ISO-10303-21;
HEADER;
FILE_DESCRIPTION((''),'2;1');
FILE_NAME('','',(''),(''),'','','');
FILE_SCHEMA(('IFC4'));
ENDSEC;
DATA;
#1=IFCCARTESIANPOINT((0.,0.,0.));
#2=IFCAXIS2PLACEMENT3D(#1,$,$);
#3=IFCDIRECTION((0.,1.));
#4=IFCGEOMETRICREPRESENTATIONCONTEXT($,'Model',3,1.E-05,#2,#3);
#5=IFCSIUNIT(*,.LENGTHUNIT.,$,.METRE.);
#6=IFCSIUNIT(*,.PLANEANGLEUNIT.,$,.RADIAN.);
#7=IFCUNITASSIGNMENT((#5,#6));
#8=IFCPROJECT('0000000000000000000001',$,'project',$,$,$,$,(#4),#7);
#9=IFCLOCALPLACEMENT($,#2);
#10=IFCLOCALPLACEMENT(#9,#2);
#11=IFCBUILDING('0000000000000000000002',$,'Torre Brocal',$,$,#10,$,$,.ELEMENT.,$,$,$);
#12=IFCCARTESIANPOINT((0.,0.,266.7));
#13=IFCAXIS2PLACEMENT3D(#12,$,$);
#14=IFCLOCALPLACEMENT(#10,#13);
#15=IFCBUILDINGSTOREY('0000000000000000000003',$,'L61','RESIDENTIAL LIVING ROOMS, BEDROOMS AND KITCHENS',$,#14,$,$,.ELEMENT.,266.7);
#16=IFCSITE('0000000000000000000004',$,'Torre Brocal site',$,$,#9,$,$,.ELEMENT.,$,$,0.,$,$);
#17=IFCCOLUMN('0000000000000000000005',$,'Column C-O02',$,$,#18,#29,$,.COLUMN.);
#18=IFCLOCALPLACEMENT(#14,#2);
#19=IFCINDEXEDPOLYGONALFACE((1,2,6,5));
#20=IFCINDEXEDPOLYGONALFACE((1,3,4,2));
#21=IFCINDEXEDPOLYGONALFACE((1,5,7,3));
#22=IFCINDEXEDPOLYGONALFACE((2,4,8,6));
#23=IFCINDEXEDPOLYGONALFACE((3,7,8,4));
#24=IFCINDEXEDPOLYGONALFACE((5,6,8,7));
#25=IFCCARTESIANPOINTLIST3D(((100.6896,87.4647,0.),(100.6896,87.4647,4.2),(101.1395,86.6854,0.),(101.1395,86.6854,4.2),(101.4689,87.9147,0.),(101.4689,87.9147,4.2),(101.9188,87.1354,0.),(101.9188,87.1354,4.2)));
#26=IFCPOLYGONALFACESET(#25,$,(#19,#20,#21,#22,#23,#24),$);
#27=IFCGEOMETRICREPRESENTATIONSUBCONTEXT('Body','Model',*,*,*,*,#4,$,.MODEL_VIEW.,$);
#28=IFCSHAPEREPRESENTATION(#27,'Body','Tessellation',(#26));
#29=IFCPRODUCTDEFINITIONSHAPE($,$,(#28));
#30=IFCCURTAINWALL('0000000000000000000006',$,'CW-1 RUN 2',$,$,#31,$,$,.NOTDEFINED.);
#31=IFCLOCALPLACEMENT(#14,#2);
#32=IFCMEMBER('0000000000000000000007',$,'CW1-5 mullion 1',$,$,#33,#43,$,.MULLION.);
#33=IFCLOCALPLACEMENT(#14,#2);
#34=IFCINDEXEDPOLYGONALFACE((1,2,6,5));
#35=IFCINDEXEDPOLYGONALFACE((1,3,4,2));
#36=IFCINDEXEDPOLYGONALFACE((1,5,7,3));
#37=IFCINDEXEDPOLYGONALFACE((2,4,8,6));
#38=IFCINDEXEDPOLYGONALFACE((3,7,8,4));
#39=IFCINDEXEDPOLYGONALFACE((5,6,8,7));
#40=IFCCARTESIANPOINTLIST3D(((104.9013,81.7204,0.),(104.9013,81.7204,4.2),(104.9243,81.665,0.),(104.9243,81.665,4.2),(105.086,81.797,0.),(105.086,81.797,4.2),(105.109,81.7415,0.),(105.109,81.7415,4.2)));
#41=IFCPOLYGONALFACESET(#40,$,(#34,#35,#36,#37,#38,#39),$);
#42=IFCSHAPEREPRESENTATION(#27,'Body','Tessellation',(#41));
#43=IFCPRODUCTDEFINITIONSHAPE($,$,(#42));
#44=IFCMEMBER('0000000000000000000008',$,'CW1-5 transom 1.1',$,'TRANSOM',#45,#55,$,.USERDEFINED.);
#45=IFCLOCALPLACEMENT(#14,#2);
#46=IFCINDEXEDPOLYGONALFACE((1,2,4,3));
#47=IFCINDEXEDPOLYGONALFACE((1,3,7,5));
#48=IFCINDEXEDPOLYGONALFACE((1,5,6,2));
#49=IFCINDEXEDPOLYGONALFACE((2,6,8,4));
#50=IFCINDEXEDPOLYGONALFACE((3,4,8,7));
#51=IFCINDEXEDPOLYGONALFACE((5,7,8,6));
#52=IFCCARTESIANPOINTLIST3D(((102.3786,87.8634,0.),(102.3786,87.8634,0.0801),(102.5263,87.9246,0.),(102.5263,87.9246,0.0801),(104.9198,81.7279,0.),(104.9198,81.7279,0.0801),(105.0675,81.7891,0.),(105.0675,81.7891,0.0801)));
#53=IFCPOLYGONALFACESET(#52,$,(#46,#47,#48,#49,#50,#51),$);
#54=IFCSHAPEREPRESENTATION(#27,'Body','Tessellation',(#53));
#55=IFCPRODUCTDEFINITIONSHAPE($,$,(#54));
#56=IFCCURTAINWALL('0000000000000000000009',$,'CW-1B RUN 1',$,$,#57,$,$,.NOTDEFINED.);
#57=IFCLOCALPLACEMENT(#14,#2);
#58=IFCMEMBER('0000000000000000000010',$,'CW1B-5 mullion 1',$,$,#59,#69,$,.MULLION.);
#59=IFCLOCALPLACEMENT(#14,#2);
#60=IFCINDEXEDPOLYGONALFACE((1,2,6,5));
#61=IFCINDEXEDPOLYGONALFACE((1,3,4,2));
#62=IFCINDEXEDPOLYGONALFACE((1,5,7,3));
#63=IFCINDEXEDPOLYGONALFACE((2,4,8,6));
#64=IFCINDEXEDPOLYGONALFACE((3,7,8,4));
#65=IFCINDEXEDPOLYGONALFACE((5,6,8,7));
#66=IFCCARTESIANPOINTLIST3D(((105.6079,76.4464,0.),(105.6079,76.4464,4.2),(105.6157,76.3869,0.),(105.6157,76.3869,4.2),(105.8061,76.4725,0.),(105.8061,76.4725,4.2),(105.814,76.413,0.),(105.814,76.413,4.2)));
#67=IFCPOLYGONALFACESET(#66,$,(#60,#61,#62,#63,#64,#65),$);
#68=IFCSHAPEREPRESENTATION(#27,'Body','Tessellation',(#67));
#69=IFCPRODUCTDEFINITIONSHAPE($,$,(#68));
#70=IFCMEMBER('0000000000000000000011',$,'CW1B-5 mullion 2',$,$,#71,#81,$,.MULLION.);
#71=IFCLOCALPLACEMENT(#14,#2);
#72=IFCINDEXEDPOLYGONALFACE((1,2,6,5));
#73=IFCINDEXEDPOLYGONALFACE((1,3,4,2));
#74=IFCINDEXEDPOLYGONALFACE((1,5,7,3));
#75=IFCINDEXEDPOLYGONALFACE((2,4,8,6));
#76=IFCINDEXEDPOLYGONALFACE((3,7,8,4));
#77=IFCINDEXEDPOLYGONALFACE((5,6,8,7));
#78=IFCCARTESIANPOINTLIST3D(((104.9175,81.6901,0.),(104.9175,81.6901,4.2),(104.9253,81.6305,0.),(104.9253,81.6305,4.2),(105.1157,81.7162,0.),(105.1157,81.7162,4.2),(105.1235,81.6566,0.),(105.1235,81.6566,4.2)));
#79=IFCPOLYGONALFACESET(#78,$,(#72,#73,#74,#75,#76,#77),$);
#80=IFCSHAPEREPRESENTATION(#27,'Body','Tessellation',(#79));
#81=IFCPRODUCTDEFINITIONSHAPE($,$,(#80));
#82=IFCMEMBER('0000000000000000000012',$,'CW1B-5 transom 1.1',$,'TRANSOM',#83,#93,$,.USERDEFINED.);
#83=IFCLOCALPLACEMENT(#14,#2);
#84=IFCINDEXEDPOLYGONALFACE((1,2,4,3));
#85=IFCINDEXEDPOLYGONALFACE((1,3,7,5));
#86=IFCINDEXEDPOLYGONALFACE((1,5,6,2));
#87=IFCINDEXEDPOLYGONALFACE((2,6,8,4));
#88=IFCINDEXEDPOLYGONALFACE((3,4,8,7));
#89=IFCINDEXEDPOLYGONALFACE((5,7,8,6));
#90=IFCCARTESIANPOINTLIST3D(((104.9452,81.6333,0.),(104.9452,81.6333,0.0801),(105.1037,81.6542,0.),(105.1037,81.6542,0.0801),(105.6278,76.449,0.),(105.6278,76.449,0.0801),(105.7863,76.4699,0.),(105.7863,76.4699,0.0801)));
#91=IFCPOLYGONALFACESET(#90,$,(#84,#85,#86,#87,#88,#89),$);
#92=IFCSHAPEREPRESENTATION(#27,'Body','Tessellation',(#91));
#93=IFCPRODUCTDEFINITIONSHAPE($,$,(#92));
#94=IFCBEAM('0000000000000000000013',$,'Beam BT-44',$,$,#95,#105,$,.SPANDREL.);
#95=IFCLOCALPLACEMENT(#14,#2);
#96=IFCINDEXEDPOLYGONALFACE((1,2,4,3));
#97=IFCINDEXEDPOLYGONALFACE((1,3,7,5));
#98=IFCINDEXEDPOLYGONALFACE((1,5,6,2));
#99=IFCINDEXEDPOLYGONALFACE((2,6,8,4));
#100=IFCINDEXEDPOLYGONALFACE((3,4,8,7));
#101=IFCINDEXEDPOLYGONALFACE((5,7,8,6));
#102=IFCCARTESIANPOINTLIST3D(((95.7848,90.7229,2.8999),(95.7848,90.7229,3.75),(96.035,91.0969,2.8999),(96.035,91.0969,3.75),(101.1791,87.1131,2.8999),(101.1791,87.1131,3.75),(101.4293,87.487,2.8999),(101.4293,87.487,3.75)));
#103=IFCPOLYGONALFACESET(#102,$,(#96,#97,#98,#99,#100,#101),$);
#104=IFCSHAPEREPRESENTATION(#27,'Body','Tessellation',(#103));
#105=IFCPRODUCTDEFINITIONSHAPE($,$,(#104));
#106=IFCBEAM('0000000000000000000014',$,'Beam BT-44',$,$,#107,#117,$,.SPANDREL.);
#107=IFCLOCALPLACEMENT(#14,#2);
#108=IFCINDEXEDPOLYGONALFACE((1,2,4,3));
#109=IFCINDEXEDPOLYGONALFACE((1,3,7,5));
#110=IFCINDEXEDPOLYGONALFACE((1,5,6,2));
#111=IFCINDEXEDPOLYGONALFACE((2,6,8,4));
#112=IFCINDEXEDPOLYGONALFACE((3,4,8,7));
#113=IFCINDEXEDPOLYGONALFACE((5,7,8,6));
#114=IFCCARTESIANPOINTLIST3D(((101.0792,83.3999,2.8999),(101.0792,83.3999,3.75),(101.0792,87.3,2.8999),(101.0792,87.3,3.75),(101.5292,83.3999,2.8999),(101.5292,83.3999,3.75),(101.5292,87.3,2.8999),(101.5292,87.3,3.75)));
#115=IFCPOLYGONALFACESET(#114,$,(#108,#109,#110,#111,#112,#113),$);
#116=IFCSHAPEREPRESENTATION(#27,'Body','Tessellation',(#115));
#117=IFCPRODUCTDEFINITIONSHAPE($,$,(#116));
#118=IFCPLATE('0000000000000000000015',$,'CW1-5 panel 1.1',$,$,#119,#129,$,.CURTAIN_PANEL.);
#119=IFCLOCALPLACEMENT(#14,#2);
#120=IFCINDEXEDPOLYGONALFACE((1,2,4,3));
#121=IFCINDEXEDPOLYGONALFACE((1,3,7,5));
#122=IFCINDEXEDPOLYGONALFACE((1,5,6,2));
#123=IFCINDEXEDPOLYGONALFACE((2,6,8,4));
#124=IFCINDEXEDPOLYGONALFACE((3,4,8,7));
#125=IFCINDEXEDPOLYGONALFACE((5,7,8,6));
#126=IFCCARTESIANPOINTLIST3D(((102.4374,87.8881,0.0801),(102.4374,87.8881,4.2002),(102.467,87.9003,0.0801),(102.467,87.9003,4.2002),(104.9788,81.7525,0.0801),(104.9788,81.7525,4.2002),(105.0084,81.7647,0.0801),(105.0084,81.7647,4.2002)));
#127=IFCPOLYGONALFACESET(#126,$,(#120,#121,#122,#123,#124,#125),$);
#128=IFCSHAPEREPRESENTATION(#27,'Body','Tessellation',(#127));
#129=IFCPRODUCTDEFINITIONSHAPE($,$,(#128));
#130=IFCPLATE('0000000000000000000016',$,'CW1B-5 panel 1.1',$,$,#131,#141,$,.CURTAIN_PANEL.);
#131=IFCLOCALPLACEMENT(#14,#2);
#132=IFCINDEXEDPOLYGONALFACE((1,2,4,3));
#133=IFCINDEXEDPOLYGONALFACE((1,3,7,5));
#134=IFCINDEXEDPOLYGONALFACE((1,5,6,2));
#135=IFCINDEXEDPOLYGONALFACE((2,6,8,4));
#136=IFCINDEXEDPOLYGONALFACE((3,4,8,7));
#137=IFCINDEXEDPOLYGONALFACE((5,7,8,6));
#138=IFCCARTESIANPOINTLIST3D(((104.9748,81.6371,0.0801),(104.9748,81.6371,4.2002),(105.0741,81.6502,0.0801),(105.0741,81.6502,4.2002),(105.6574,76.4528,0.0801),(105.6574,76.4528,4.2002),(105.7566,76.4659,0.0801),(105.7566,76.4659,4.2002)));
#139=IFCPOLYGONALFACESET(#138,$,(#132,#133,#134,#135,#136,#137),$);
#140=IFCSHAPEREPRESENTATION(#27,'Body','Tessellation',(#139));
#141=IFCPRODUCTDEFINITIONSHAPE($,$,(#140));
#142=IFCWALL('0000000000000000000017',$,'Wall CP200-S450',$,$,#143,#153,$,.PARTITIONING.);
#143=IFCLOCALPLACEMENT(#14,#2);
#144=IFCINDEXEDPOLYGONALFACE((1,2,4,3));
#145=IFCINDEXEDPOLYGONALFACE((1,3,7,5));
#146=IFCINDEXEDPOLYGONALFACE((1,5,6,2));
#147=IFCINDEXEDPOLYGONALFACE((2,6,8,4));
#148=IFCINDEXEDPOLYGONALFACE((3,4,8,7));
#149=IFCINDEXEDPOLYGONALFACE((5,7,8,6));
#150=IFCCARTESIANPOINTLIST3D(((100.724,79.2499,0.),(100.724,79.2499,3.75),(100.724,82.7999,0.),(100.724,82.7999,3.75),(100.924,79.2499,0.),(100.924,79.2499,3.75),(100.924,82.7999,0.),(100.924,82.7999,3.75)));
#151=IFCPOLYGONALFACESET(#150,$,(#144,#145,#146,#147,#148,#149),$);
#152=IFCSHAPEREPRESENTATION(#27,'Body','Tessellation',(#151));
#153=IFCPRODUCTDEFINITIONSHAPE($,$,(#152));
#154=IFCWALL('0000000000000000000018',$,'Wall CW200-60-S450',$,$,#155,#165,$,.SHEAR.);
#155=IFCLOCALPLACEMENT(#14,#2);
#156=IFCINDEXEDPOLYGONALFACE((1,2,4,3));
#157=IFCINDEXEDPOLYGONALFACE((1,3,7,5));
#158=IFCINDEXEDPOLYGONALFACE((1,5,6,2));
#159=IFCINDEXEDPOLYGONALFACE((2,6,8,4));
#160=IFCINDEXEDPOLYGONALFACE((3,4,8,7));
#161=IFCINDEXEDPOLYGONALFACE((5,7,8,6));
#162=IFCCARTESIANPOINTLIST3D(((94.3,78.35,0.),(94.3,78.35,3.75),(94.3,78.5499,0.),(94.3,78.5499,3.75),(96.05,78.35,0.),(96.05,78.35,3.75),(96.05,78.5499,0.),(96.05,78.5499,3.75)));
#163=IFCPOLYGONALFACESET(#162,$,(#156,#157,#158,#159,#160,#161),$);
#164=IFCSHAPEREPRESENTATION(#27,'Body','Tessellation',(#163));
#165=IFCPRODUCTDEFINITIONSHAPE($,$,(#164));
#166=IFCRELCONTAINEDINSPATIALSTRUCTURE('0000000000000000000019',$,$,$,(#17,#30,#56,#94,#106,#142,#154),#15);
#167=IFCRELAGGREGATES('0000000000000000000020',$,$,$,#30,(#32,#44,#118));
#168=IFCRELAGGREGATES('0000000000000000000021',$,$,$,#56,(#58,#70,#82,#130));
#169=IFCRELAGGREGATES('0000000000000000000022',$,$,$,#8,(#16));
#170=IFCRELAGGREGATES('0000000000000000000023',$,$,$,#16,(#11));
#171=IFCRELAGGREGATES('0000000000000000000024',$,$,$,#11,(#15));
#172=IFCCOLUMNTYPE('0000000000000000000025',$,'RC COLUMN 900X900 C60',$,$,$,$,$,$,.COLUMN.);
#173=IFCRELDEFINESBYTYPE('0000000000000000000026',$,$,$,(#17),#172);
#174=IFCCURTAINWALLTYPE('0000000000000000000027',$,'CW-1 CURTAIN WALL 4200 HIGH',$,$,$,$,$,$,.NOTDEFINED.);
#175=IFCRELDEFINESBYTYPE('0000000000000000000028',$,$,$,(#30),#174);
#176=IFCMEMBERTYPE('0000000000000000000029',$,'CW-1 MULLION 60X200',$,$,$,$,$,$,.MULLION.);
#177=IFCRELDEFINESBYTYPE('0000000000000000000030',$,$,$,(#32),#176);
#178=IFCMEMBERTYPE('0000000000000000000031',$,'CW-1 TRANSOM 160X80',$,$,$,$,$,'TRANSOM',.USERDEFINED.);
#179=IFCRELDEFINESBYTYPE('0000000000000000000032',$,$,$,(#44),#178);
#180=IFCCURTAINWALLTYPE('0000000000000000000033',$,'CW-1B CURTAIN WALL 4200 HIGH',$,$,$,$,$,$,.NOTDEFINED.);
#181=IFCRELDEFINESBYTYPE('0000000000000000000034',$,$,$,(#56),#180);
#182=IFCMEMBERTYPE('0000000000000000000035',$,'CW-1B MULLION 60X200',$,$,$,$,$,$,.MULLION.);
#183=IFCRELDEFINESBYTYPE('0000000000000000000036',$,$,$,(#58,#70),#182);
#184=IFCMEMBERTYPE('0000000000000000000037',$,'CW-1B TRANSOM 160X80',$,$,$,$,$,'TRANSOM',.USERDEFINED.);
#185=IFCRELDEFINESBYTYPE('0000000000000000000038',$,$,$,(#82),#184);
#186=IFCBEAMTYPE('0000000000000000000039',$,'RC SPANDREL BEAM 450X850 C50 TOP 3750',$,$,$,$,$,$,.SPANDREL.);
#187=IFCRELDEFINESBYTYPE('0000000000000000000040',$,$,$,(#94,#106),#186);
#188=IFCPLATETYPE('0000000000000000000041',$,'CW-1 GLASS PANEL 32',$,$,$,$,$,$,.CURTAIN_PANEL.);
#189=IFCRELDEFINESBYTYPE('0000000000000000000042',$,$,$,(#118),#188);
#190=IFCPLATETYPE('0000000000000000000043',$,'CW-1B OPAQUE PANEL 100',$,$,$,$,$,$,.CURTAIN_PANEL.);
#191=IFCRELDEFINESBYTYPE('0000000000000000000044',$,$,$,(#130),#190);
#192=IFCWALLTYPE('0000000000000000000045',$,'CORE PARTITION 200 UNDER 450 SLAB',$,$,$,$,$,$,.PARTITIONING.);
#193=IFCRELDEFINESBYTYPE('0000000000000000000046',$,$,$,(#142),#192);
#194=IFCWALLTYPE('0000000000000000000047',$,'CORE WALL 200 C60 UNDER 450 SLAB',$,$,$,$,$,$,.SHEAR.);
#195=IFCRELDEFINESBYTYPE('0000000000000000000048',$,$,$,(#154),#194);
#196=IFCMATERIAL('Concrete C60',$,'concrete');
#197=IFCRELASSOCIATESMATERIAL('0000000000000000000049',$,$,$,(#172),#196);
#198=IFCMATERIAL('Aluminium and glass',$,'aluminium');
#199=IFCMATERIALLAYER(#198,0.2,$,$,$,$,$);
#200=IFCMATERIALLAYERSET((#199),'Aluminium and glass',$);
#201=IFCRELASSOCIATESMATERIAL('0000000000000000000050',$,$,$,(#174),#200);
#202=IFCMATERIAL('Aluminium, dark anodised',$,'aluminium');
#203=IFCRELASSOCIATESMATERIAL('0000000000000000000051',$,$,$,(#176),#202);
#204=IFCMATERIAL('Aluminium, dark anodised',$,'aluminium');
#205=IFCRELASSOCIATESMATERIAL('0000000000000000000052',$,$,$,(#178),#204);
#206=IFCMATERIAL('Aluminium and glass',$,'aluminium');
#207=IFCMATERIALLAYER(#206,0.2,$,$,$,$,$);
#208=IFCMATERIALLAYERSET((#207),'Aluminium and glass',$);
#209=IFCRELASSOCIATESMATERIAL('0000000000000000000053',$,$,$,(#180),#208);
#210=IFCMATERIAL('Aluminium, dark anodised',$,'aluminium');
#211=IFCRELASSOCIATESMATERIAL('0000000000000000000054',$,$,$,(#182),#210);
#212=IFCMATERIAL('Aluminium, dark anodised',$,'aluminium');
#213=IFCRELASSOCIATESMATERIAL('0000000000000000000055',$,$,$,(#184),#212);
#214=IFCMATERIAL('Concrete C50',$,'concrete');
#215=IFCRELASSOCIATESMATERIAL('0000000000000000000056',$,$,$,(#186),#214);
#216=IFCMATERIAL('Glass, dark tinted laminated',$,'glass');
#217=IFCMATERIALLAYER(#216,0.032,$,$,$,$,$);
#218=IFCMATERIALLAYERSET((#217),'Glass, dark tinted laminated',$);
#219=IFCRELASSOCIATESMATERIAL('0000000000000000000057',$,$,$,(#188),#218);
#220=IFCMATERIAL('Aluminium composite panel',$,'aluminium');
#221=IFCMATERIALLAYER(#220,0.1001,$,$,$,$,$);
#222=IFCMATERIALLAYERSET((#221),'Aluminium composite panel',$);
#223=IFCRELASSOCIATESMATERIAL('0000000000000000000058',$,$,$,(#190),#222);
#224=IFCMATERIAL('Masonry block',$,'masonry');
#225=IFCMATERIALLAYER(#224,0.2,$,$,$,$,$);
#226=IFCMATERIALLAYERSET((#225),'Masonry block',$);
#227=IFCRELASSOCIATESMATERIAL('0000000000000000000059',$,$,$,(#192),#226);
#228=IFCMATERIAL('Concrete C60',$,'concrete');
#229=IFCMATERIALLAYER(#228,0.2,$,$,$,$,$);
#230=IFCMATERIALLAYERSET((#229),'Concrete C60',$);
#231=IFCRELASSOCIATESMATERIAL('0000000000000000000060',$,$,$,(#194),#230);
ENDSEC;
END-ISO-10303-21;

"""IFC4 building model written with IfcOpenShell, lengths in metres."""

from ifc_helpers import new_model, si_unit, direction, frame, frame_2d, origin, origin_2d, place, context, subcontext, project, spatial, rectangle, extrude, material, layer, layer_set, material_profile, profile_set, type_object, element, aggregate, save


model = new_model("IFC4")

# Units and contexts
model_context = context("Model", 3, precision=1e-05, world=origin(), true_north=direction((0.0, 1.0)))
body_context = subcontext(model_context, "Body", "Model", "MODEL_VIEW")
ifc_project = project(units=[si_unit("LENGTHUNIT", "METRE"), si_unit("PLANEANGLEUNIT", "RADIAN")], contexts=[model_context])

# Site, building, storey
site_placement = place(None, origin())
site = spatial("IfcSite", under=ifc_project, at=site_placement, Name="Torre Brocal site", CompositionType="ELEMENT", RefElevation=0.0)
building_placement = place(site_placement, origin())
building = spatial("IfcBuilding", under=site, at=building_placement, Name="Torre Brocal", CompositionType="ELEMENT")
storey_placement = place(building_placement, frame((0.0, 0.0, 266.7)))
storey = spatial("IfcBuildingStorey", under=building, at=storey_placement, Name="L61", Description="RESIDENTIAL LIVING ROOMS, BEDROOMS AND KITCHENS", CompositionType="ELEMENT", Elevation=266.7)

# Column
ifc_material_1 = material(Name="Concrete C60", Category="concrete")
ifc_material_profile_1 = material_profile(ifc_material_1, rectangle(XDim=0.8999, YDim=0.8999, at=origin_2d()), Name="RC 900X900")
ifc_profile_set_1 = profile_set([ifc_material_profile_1], Name="Concrete C60")
column_type = type_object("IfcColumnType", Name="RC COLUMN 900X900 C60", PredefinedType="COLUMN", material=ifc_profile_set_1)
column_placement = place(storey_placement, frame((101.3042, 87.3, 0.0), z_axis=(0.0, 0.0, 1.0), x_axis=(0.866025, 0.5, 0.0)))
element("IfcColumn", 1, at=column_placement, inside=storey, type_object=column_type, Name="Column C-O02", PredefinedType="COLUMN", context=body_context, shape_type="SweptSolid", body=[
    extrude(rectangle(XDim=0.8999, YDim=0.8999, at=origin_2d()), origin(), (0.0, 0.0, 1.0), 4.2),
])

# Curtain walls, members
ifc_material_2 = material(Name="Aluminium and glass", Category="aluminium")
ifc_layer_1 = layer(ifc_material_2, 0.2)
ifc_layer_set_1 = layer_set([ifc_layer_1], Name="Aluminium and glass")
curtain_wall_type_1 = type_object("IfcCurtainWallType", Name="CW-1 CURTAIN WALL 4200 HIGH", PredefinedType="NOTDEFINED", material=ifc_layer_set_1)
curtain_wall_1_placement = place(storey_placement, origin())
curtain_wall_1 = element("IfcCurtainWall", 2, at=curtain_wall_1_placement, inside=storey, type_object=curtain_wall_type_1, Name="CW-1 RUN 2", PredefinedType="NOTDEFINED")
ifc_material_3 = material(Name="Aluminium, dark anodised", Category="aluminium")
ifc_material_profile_2 = material_profile(ifc_material_3, rectangle(XDim=0.2, YDim=0.0601, at=origin_2d()), Name="CW-1 MULLION 60X200")
ifc_profile_set_2 = profile_set([ifc_material_profile_2], Name="Aluminium, dark anodised")
member_type_1 = type_object("IfcMemberType", Name="CW-1 MULLION 60X200", PredefinedType="MULLION", material=ifc_profile_set_2)
member_1_placement = place(storey_placement, frame((105.0051, 81.731, 0.0), z_axis=(0.0, 0.0, 1.0), x_axis=(-0.92388, -0.382683, 0.0)))
member_1 = element("IfcMember", 3, at=member_1_placement, type_object=member_type_1, Name="CW1-5 mullion 1", PredefinedType="MULLION", context=body_context, shape_type="SweptSolid", body=[
    extrude(rectangle(XDim=0.2, YDim=0.0601, at=origin_2d()), origin(), (0.0, 0.0, 1.0), 4.2),
])
ifc_material_4 = material(Name="Aluminium, dark anodised", Category="aluminium")
ifc_material_profile_3 = material_profile(ifc_material_4, rectangle(XDim=0.1599, YDim=0.0801, at=origin_2d()), Name="CW-1 TRANSOM 160X80")
ifc_profile_set_3 = profile_set([ifc_material_profile_3], Name="Aluminium, dark anodised")
member_type_2 = type_object("IfcMemberType", Name="CW-1 TRANSOM 160X80", ElementType="TRANSOM", PredefinedType="USERDEFINED", material=ifc_profile_set_3)
member_2_placement = place(storey_placement, frame((104.9937, 81.7585, 0.04), z_axis=(-0.382665, 0.923887, 0.0), x_axis=(-0.923887, -0.382665, 0.0)))
member_2 = element("IfcMember", 4, at=member_2_placement, type_object=member_type_2, Name="CW1-5 transom 1.1", ObjectType="TRANSOM", PredefinedType="USERDEFINED", context=body_context, shape_type="SweptSolid", body=[
    extrude(rectangle(XDim=0.1599, YDim=0.0801, at=origin_2d()), origin(), (0.0, 0.0, 1.0), 6.6409),
])
ifc_material_5 = material(Name="Aluminium and glass", Category="aluminium")
ifc_layer_2 = layer(ifc_material_5, 0.2)
ifc_layer_set_2 = layer_set([ifc_layer_2], Name="Aluminium and glass")
curtain_wall_type_2 = type_object("IfcCurtainWallType", Name="CW-1B CURTAIN WALL 4200 HIGH", PredefinedType="NOTDEFINED", material=ifc_layer_set_2)
curtain_wall_2_placement = place(storey_placement, origin())
curtain_wall_2 = element("IfcCurtainWall", 5, at=curtain_wall_2_placement, inside=storey, type_object=curtain_wall_type_2, Name="CW-1B RUN 1", PredefinedType="NOTDEFINED")
ifc_material_6 = material(Name="Aluminium, dark anodised", Category="aluminium")
ifc_material_profile_4 = material_profile(ifc_material_6, rectangle(XDim=0.2, YDim=0.0601, at=origin_2d()), Name="CW-1B MULLION 60X200")
ifc_profile_set_4 = profile_set([ifc_material_profile_4], Name="Aluminium, dark anodised")
member_type_3 = type_object("IfcMemberType", Name="CW-1B MULLION 60X200", PredefinedType="MULLION", material=ifc_profile_set_4)
member_3_placement = place(storey_placement, frame((105.7109, 76.4297, 0.0), z_axis=(0.0, 0.0, 1.0), x_axis=(-0.991445, -0.130526, 0.0)))
member_3 = element("IfcMember", 6, at=member_3_placement, type_object=member_type_3, Name="CW1B-5 mullion 1", PredefinedType="MULLION", context=body_context, shape_type="SweptSolid", body=[
    extrude(rectangle(XDim=0.2, YDim=0.0601, at=origin_2d()), origin(), (0.0, 0.0, 1.0), 4.2),
])
member_4_placement = place(storey_placement, frame((105.0205, 81.6733, 0.0), z_axis=(0.0, 0.0, 1.0), x_axis=(-0.991445, -0.130526, 0.0)))
member_4 = element("IfcMember", 7, at=member_4_placement, type_object=member_type_3, Name="CW1B-5 mullion 2", PredefinedType="MULLION", context=body_context, shape_type="SweptSolid", body=[
    extrude(rectangle(XDim=0.2, YDim=0.0601, at=origin_2d()), origin(), (0.0, 0.0, 1.0), 4.2),
])
ifc_material_7 = material(Name="Aluminium, dark anodised", Category="aluminium")
ifc_material_profile_5 = material_profile(ifc_material_7, rectangle(XDim=0.1599, YDim=0.0801, at=origin_2d()), Name="CW-1B TRANSOM 160X80")
ifc_profile_set_5 = profile_set([ifc_material_profile_5], Name="Aluminium, dark anodised")
member_type_4 = type_object("IfcMemberType", Name="CW-1B TRANSOM 160X80", ElementType="TRANSOM", PredefinedType="USERDEFINED", material=ifc_profile_set_5)
member_5_placement = place(storey_placement, frame((105.707, 76.4595, 0.04), z_axis=(-0.130543, 0.991443, 0.0), x_axis=(-0.991443, -0.130543, 0.0)))
member_5 = element("IfcMember", 8, at=member_5_placement, type_object=member_type_4, Name="CW1B-5 transom 1.1", ObjectType="TRANSOM", PredefinedType="USERDEFINED", context=body_context, shape_type="SweptSolid", body=[
    extrude(rectangle(XDim=0.1599, YDim=0.0801, at=origin_2d()), origin(), (0.0, 0.0, 1.0), 5.229),
])

# Beams
ifc_material_8 = material(Name="Concrete C50", Category="concrete")
ifc_material_profile_6 = material_profile(ifc_material_8, rectangle(XDim=0.45, YDim=0.8501, at=origin_2d()), Name="RC 450X850")
ifc_profile_set_6 = profile_set([ifc_material_profile_6], Name="Concrete C50")
beam_type = type_object("IfcBeamType", Name="RC SPANDREL BEAM 450X850 C50 TOP 3750", PredefinedType="SPANDREL", material=ifc_profile_set_6)
beam_1_placement = place(storey_placement, frame((101.3042, 87.3, 3.325), z_axis=(-0.831077, 0.556158, 0.0), x_axis=(-0.556158, -0.831077, 0.0)))
element("IfcBeam", 9, at=beam_1_placement, inside=storey, type_object=beam_type, Name="Beam BT-44", PredefinedType="SPANDREL", context=body_context, shape_type="SweptSolid", body=[
    extrude(rectangle(XDim=0.45, YDim=0.8501, at=origin_2d()), origin(), (0.0, 0.0, 1.0), 6.4907),
])
beam_2_placement = place(storey_placement, frame((101.3042, 87.3, 3.325), z_axis=(0.0, -1.0, 0.0), x_axis=(1.0, 0.0, 0.0)))
element("IfcBeam", 10, at=beam_2_placement, inside=storey, type_object=beam_type, Name="Beam BT-44", PredefinedType="SPANDREL", context=body_context, shape_type="SweptSolid", body=[
    extrude(rectangle(XDim=0.45, YDim=0.8501, at=origin_2d()), origin(), (0.0, 0.0, 1.0), 3.9001),
])

# Plates
ifc_material_9 = material(Name="Glass, dark tinted laminated", Category="glass")
ifc_layer_3 = layer(ifc_material_9, 0.032)
ifc_layer_set_3 = layer_set([ifc_layer_3], Name="Glass, dark tinted laminated")
plate_type_1 = type_object("IfcPlateType", Name="CW-1 GLASS PANEL 32", PredefinedType="CURTAIN_PANEL", material=ifc_layer_set_3)
plate_1_placement = place(storey_placement, frame((103.7229, 84.8264, 0.0801), z_axis=(0.0, 0.0, 1.0), x_axis=(-0.382683, 0.92388, 0.0)))
plate_1 = element("IfcPlate", 11, at=plate_1_placement, type_object=plate_type_1, Name="CW1-5 panel 1.1", PredefinedType="CURTAIN_PANEL", context=body_context, shape_type="SweptSolid", body=[
    extrude(rectangle(XDim=6.6411, YDim=0.032, at=origin_2d()), origin(), (0.0, 0.0, 1.0), 4.1201),
])
aggregate(curtain_wall_1, [member_1, member_2, plate_1])
ifc_material_10 = material(Name="Aluminium composite panel", Category="aluminium")
ifc_layer_4 = layer(ifc_material_10, 0.1001)
ifc_layer_set_4 = layer_set([ifc_layer_4], Name="Aluminium composite panel")
plate_type_2 = type_object("IfcPlateType", Name="CW-1B OPAQUE PANEL 100", PredefinedType="CURTAIN_PANEL", material=ifc_layer_set_4)
plate_2_placement = place(storey_placement, frame((105.3657, 79.0515, 0.0801), z_axis=(0.0, 0.0, 1.0), x_axis=(-0.130526, 0.991445, 0.0)))
plate_2 = element("IfcPlate", 12, at=plate_2_placement, type_object=plate_type_2, Name="CW1B-5 panel 1.1", PredefinedType="CURTAIN_PANEL", context=body_context, shape_type="SweptSolid", body=[
    extrude(rectangle(XDim=5.229, YDim=0.1001, at=origin_2d()), origin(), (0.0, 0.0, 1.0), 4.1201),
])
aggregate(curtain_wall_2, [member_3, member_4, member_5, plate_2])

# Walls
ifc_material_11 = material(Name="Masonry block", Category="masonry")
ifc_layer_5 = layer(ifc_material_11, 0.2)
ifc_layer_set_5 = layer_set([ifc_layer_5], Name="Masonry block")
wall_type_1 = type_object("IfcWallType", Name="CORE PARTITION 200 UNDER 450 SLAB", PredefinedType="PARTITIONING", material=ifc_layer_set_5)
wall_1_placement = place(storey_placement, frame((100.824, 79.25, 0.0), z_axis=(0.0, 0.0, 1.0), x_axis=(0.0, 1.0, 0.0)))
element("IfcWall", 13, at=wall_1_placement, inside=storey, type_object=wall_type_1, Name="Wall CP200-S450", PredefinedType="PARTITIONING", context=body_context, shape_type="SweptSolid", body=[
    extrude(rectangle(XDim=3.55, YDim=0.2, at=frame_2d((1.7749, 0.0))), origin(), (0.0, 0.0, 1.0), 3.75),
])
ifc_material_12 = material(Name="Concrete C60", Category="concrete")
ifc_layer_6 = layer(ifc_material_12, 0.2)
ifc_layer_set_6 = layer_set([ifc_layer_6], Name="Concrete C60")
wall_type_2 = type_object("IfcWallType", Name="CORE WALL 200 C60 UNDER 450 SLAB", PredefinedType="SHEAR", material=ifc_layer_set_6)
wall_2_placement = place(storey_placement, frame((94.3, 78.45, 0.0), z_axis=(0.0, 0.0, 1.0), x_axis=(1.0, 0.0, 0.0)))
element("IfcWall", 14, at=wall_2_placement, inside=storey, type_object=wall_type_2, Name="Wall CW200-60-S450", PredefinedType="SHEAR", context=body_context, shape_type="SweptSolid", body=[
    extrude(rectangle(XDim=1.75, YDim=0.2, at=frame_2d((0.875, 0.0))), origin(), (0.0, 0.0, 1.0), 3.75),
])

save(model, "model.ifc")
